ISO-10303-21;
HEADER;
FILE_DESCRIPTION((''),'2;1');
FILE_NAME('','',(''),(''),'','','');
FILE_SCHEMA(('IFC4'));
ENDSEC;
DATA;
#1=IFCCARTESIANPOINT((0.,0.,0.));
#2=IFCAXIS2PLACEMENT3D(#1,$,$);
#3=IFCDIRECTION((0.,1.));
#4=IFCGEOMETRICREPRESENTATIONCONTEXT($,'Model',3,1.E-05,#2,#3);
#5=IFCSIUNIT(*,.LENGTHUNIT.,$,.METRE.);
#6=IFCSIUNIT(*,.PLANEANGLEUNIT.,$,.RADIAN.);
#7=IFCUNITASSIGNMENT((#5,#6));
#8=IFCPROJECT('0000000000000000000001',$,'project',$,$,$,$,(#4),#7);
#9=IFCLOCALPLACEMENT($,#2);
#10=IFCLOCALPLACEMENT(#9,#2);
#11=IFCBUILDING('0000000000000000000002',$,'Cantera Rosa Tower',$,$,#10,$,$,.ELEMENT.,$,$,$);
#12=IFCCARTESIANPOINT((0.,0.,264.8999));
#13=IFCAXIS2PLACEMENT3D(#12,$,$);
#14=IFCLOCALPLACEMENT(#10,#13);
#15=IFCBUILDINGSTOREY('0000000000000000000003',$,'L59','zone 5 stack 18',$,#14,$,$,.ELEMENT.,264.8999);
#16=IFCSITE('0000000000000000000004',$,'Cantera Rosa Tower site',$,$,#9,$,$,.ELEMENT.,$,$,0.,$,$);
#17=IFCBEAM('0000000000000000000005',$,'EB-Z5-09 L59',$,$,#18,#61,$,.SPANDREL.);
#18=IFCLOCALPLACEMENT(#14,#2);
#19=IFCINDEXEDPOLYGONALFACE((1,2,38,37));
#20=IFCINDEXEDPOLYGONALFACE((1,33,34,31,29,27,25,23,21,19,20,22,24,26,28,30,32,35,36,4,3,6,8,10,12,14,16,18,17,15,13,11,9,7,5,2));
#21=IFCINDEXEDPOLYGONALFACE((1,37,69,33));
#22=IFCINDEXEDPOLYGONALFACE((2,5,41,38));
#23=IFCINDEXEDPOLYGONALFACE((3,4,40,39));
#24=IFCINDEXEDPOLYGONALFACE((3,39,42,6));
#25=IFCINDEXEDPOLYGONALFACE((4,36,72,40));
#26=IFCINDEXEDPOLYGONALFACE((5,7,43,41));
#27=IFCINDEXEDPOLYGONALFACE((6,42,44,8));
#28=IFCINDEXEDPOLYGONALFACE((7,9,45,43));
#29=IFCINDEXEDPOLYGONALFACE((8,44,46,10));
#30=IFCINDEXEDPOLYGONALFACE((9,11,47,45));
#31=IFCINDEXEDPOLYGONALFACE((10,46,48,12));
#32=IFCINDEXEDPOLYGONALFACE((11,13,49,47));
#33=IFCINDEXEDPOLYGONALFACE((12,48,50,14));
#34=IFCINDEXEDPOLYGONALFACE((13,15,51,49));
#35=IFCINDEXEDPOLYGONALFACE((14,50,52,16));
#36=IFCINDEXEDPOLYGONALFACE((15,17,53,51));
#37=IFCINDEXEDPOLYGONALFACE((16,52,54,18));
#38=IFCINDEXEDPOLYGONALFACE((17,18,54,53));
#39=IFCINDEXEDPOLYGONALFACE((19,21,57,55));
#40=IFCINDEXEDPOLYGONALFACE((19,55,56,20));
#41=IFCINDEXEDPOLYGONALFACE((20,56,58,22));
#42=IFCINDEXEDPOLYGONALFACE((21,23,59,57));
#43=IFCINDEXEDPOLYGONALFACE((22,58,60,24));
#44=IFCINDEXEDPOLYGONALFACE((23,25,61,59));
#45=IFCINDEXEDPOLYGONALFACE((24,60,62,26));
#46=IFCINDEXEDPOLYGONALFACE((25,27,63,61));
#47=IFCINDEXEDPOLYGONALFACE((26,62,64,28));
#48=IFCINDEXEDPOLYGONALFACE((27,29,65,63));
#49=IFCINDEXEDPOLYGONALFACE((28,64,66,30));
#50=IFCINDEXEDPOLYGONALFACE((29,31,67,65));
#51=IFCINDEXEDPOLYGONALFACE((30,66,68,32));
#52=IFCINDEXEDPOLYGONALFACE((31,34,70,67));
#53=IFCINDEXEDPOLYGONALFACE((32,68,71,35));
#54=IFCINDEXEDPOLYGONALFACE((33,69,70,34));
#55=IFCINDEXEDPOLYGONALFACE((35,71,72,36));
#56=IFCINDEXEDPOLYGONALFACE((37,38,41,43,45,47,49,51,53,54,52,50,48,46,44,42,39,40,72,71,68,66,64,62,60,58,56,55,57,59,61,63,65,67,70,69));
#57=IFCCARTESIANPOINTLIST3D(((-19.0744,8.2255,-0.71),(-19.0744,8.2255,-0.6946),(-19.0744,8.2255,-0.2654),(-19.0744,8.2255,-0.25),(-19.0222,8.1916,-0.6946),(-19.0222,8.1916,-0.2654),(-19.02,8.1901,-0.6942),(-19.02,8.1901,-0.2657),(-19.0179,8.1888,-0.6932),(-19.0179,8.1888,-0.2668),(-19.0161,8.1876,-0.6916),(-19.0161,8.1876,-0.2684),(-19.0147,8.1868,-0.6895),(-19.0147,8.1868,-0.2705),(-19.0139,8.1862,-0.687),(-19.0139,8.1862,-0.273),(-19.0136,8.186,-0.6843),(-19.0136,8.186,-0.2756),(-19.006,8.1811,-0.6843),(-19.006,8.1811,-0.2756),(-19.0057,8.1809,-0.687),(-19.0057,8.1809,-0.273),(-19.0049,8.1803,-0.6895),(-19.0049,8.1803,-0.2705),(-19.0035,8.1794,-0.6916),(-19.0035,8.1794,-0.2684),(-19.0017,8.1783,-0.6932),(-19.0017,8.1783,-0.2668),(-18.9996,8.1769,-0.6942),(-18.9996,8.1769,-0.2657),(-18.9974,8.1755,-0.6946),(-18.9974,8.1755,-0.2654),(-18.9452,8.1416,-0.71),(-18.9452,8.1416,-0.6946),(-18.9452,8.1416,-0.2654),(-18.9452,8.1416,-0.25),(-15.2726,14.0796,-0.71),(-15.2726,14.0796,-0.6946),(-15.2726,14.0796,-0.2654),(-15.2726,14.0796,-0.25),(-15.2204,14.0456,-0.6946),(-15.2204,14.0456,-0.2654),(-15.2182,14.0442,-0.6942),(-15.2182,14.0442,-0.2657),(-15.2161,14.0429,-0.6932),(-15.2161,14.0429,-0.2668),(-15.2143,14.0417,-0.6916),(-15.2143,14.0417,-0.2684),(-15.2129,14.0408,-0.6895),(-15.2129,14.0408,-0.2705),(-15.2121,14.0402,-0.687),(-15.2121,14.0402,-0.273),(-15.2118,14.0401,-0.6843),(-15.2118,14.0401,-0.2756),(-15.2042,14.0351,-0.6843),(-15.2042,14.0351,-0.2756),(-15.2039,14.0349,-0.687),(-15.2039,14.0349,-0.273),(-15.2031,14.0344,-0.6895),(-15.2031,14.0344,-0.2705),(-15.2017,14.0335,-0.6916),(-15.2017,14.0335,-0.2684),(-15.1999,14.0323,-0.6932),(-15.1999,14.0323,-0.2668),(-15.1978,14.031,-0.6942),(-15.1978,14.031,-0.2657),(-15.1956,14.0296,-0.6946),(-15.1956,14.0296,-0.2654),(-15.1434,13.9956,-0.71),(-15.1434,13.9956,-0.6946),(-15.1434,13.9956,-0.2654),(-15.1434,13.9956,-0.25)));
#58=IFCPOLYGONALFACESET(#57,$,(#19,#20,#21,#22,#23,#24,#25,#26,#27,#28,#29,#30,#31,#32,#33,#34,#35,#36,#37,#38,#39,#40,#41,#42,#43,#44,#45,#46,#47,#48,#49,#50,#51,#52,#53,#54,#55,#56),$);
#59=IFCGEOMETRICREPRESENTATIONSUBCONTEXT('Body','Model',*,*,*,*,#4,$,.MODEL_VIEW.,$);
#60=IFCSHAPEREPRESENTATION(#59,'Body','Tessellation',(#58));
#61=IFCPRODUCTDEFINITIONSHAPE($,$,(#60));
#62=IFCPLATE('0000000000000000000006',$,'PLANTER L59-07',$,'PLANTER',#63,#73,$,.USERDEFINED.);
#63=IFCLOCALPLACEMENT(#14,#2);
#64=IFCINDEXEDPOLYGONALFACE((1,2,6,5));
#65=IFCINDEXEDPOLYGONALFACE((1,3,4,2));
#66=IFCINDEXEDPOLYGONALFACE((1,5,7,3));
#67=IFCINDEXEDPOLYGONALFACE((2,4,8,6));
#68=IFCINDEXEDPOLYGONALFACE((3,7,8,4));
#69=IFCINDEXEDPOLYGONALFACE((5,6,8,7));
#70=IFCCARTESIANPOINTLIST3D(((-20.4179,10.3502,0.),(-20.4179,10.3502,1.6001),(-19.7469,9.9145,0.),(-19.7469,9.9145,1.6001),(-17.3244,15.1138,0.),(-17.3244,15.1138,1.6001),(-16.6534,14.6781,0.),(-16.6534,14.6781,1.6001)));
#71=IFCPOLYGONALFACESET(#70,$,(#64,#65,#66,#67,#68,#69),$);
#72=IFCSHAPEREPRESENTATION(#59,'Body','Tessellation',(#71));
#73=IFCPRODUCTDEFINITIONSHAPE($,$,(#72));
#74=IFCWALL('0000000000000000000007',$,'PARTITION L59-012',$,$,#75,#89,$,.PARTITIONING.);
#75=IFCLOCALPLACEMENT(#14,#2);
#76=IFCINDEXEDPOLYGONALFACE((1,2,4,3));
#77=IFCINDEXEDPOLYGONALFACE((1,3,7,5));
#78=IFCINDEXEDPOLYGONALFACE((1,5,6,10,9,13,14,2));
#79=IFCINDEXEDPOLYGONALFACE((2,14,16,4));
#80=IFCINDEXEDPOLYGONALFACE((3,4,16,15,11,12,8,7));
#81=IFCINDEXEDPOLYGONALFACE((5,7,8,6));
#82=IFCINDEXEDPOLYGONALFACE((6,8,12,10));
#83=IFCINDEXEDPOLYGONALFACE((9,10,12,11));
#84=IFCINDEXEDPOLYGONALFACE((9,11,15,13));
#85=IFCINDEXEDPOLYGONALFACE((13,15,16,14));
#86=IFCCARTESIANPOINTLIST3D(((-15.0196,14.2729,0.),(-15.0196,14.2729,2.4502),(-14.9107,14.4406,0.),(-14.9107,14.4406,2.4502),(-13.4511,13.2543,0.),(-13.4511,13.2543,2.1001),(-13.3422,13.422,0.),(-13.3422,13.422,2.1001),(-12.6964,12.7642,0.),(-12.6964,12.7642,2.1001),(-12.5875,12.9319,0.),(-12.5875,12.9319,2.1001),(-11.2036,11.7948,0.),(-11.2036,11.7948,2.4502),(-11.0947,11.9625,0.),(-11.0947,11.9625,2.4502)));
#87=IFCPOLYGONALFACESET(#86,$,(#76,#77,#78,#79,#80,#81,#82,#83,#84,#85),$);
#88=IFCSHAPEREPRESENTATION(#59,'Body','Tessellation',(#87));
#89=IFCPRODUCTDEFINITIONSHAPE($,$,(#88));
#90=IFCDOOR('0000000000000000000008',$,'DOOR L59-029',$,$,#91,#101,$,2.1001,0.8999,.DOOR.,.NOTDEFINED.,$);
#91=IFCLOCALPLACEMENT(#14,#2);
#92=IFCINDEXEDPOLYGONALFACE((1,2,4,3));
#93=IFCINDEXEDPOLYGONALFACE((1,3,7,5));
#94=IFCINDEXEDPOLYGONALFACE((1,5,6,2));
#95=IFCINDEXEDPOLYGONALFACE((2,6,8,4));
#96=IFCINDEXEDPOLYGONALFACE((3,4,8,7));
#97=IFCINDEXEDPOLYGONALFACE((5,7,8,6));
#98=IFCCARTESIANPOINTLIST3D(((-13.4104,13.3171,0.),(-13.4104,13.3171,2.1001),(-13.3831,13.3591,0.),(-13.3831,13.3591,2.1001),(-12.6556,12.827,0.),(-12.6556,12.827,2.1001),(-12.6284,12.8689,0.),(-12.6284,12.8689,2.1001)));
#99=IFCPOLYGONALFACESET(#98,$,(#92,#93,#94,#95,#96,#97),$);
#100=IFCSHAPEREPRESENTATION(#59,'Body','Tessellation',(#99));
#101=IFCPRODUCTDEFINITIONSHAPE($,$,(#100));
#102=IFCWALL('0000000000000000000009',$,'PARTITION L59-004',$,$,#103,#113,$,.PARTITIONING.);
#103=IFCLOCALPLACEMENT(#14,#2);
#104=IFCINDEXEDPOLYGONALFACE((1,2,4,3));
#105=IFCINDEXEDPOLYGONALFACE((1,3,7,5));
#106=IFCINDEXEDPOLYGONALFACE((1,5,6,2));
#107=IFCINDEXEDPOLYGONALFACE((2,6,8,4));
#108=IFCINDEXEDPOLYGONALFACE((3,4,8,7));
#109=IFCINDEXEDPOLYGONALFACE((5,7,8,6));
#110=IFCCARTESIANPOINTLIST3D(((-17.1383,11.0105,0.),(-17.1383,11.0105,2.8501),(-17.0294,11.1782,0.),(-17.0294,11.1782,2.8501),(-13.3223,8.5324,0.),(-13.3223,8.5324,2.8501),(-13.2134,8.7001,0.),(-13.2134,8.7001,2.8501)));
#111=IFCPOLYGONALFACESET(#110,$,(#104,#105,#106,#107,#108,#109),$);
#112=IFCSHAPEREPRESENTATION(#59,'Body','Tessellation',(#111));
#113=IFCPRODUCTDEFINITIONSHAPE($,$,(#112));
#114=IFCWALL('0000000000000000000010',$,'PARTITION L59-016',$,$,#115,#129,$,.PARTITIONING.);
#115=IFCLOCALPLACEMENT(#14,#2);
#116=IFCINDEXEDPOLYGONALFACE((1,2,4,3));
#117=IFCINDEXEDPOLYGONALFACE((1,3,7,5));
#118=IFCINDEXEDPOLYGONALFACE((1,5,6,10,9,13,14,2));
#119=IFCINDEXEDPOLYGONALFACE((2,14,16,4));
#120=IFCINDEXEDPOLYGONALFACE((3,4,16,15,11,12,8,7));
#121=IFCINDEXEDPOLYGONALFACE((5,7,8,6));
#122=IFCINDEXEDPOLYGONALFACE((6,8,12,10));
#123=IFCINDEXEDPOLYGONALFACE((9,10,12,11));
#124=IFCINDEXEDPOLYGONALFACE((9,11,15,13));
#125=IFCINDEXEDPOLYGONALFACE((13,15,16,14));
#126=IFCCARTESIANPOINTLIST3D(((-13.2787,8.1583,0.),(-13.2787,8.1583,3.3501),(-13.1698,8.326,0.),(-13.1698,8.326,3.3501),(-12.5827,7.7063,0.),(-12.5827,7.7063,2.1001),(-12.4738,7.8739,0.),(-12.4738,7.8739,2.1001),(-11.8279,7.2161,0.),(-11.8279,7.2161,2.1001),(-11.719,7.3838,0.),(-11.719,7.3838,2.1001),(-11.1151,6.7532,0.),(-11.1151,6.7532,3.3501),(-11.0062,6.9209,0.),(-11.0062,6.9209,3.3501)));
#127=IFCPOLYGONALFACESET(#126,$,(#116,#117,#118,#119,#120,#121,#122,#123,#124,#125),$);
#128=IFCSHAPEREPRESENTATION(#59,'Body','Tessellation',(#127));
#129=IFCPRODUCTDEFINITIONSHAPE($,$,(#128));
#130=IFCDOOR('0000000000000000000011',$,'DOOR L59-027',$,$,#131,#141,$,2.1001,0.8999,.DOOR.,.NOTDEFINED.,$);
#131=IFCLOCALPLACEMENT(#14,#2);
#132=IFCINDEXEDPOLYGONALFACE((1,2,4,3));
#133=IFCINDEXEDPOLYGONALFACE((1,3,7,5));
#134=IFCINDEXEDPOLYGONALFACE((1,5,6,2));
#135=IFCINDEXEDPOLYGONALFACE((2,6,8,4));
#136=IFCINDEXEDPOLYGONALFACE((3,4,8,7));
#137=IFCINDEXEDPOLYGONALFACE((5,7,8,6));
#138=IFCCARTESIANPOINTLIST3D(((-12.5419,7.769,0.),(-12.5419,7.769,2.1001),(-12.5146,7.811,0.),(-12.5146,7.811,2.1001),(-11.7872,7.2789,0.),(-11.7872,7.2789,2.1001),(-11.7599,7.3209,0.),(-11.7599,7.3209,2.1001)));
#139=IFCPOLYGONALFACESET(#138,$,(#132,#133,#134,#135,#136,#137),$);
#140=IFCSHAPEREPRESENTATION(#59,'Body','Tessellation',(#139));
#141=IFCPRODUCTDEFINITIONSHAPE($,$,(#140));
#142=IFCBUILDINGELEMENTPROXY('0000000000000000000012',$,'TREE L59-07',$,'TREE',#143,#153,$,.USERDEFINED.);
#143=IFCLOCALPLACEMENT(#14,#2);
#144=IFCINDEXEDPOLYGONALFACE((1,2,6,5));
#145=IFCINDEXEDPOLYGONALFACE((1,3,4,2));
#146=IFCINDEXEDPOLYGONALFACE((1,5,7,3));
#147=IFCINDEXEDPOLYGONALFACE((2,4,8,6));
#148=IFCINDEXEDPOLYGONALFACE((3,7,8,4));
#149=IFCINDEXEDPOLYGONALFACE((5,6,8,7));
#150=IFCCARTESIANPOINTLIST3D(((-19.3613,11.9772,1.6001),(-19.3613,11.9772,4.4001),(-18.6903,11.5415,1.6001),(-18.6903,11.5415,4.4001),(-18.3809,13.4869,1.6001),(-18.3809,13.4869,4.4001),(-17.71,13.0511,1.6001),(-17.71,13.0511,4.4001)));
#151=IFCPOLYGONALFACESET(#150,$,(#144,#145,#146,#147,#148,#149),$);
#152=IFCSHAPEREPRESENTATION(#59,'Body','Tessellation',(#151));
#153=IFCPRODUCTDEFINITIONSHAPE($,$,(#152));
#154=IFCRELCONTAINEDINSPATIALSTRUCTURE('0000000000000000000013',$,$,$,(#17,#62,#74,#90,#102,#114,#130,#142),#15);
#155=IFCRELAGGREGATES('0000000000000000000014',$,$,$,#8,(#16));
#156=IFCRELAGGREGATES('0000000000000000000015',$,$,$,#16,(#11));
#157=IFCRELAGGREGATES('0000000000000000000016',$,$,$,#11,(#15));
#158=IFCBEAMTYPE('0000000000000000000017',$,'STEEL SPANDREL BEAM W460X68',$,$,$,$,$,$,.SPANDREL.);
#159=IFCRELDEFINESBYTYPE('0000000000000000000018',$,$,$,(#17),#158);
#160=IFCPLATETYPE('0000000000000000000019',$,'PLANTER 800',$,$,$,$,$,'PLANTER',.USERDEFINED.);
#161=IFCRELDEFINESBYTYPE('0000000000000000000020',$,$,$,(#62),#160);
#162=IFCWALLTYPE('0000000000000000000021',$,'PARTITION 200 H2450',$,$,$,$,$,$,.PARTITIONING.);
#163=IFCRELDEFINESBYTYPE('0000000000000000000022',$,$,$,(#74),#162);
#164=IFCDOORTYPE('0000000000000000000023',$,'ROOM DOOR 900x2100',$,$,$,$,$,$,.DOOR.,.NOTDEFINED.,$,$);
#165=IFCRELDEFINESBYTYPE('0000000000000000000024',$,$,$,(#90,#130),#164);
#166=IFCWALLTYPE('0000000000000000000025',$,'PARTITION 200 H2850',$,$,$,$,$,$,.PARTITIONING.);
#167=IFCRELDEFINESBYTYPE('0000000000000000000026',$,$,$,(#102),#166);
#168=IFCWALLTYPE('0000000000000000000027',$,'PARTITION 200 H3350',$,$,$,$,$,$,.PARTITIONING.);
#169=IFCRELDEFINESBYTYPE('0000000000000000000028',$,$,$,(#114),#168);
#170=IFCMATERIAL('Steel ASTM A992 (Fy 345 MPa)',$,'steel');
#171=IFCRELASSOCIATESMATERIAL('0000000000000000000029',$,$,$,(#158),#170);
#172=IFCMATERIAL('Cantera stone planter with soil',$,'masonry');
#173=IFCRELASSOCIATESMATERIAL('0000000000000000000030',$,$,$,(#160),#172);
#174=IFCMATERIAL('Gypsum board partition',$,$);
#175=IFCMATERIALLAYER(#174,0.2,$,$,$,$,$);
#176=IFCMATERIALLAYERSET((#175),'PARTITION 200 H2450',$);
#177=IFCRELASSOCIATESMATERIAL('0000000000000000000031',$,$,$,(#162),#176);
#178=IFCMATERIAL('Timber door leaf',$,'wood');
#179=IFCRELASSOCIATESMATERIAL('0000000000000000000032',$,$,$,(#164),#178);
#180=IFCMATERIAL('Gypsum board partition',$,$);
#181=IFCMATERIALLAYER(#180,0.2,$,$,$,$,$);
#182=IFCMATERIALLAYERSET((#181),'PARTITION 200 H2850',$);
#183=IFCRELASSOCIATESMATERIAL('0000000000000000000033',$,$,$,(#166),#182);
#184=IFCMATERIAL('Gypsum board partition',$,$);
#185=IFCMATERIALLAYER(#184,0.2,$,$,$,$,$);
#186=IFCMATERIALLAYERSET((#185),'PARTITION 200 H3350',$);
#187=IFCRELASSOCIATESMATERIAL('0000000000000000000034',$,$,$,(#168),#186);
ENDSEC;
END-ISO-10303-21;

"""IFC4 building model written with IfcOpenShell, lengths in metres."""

from ifc_helpers import new_model, si_unit, direction, frame, frame_2d, origin, origin_2d, place, context, subcontext, project, spatial, rectangle, i_section, extrude, material, layer, layer_set, material_profile, profile_set, type_object, element, fill, save


model = new_model("IFC4")

# Units and contexts
model_context = context("Model", 3, precision=1e-05, world=origin(), true_north=direction((0.0, 1.0)))
body_context = subcontext(model_context, "Body", "Model", "MODEL_VIEW")
ifc_project = project(units=[si_unit("LENGTHUNIT", "METRE"), si_unit("PLANEANGLEUNIT", "RADIAN")], contexts=[model_context])

# Site, building, storey
site_placement = place(None, origin())
site = spatial("IfcSite", under=ifc_project, at=site_placement, Name="Cantera Rosa Tower site", CompositionType="ELEMENT", RefElevation=0.0)
building_placement = place(site_placement, origin())
building = spatial("IfcBuilding", under=site, at=building_placement, Name="Cantera Rosa Tower", CompositionType="ELEMENT")
storey_placement = place(building_placement, frame((0.0, 0.0, 264.8999)))
storey = spatial("IfcBuildingStorey", under=building, at=storey_placement, Name="L59", Description="zone 5 stack 18", CompositionType="ELEMENT", Elevation=264.8999)

# Beam
ifc_material_1 = material(Name="Steel ASTM A992 (Fy 345 MPa)", Category="steel")
ifc_material_profile_1 = material_profile(ifc_material_1, i_section(OverallWidth=0.1541, OverallDepth=0.46, WebThickness=0.009, FlangeThickness=0.0154, FilletRadius=0.0103, at=origin_2d()), Name="W460X68")
ifc_profile_set_1 = profile_set([ifc_material_profile_1], Name="Steel ASTM A992 (Fy 345 MPa)")
beam_type_1 = type_object("IfcBeamType", Name="STEEL SPANDREL BEAM W460X68", PredefinedType="SPANDREL", material=ifc_profile_set_1)
beam_1_placement = place(storey_placement, frame((-15.208, 14.0376, -0.48), z_axis=(-0.544651, -0.838663, 0.0), x_axis=(0.838663, -0.544651, 0.0)))
element("IfcBeam", 1, at=beam_1_placement, inside=storey, type_object=beam_type_1, Name="EB-Z5-09 L59", PredefinedType="SPANDREL", context=body_context, shape_type="SweptSolid", body=[
    extrude(i_section(OverallWidth=0.1541, OverallDepth=0.46, WebThickness=0.009, FlangeThickness=0.0154, FilletRadius=0.0103, at=origin_2d()), origin(), (0.0, 0.0, 1.0), 6.9802),
])

# Plate
ifc_material_2 = material(Name="Cantera stone planter with soil", Category="masonry")
plate_type = type_object("IfcPlateType", Name="PLANTER 800", ElementType="PLANTER", PredefinedType="USERDEFINED", material=ifc_material_2)
plate_placement = place(storey_placement, frame((-18.5356, 12.5142, 0.0), z_axis=(0.0, 0.0, 1.0), x_axis=(-0.544639, -0.838671, 0.0)))
element("IfcPlate", 2, at=plate_placement, inside=storey, type_object=plate_type, Name="PLANTER L59-07", ObjectType="PLANTER", PredefinedType="USERDEFINED", context=body_context, shape_type="SweptSolid", body=[
    extrude(rectangle(XDim=5.6799, YDim=0.8, at=origin_2d()), origin(), (0.0, 0.0, 1.0), 1.6001),
])

# Wall, opening, door
ifc_material_3 = material(Name="Gypsum board partition")
ifc_layer_1 = layer(ifc_material_3, 0.2)
ifc_layer_set_1 = layer_set([ifc_layer_1], Name="PARTITION 200 H2450")
wall_type_1 = type_object("IfcWallType", Name="PARTITION 200 H2450", PredefinedType="PARTITIONING", material=ifc_layer_set_1)
wall_1_placement = place(storey_placement, frame((-14.9651, 14.3567, 0.0), z_axis=(0.0, 0.0, 1.0), x_axis=(0.838676, -0.54463, 0.0)))
wall_1 = element("IfcWall", 3, at=wall_1_placement, inside=storey, type_object=wall_type_1, Name="PARTITION L59-012", PredefinedType="PARTITIONING", context=body_context, shape_type="SweptSolid", body=[
    extrude(rectangle(XDim=4.55, YDim=0.2, at=frame_2d((2.2749, 0.0))), origin(), (0.0, 0.0, 1.0), 2.4502),
])
opening_1_placement = place(wall_1_placement, frame((1.8701, 0.0, 0.0)))
opening_1 = element("IfcOpeningElement", 4, at=opening_1_placement, cuts=wall_1, PredefinedType="OPENING", context=body_context, shape_type="SweptSolid", body=[
    extrude(rectangle(XDim=0.8999, YDim=2.1001, at=frame_2d((0.45, 1.05))), frame((0.0, 0.1099, 0.0), z_axis=(0.0, -1.0, 0.0), x_axis=(1.0, 0.0, 0.0)), (0.0, 0.0, 1.0), 0.22),
])
ifc_material_4 = material(Name="Timber door leaf", Category="wood")
door_type_1 = type_object("IfcDoorType", Name="ROOM DOOR 900x2100", OperationType="NOTDEFINED", PredefinedType="DOOR", material=ifc_material_4)
door_1_placement = place(opening_1_placement, origin())
door_1 = element("IfcDoor", 5, at=door_1_placement, inside=storey, type_object=door_type_1, Name="DOOR L59-029", OperationType="NOTDEFINED", OverallHeight=2.1001, OverallWidth=0.8999, PredefinedType="DOOR", context=body_context, shape_type="SweptSolid", body=[
    extrude(rectangle(XDim=0.8999, YDim=2.1001, at=frame_2d((0.45, 1.05))), frame((0.0, 0.0249, 0.0), z_axis=(0.0, -1.0, 0.0), x_axis=(1.0, 0.0, 0.0)), (0.0, 0.0, 1.0), 0.05),
])
fill(opening_1, door_1)

# Wall
ifc_material_5 = material(Name="Gypsum board partition")
ifc_layer_2 = layer(ifc_material_5, 0.2)
ifc_layer_set_2 = layer_set([ifc_layer_2], Name="PARTITION 200 H2850")
wall_type_2 = type_object("IfcWallType", Name="PARTITION 200 H2850", PredefinedType="PARTITIONING", material=ifc_layer_set_2)
wall_2_placement = place(storey_placement, frame((-17.0837, 11.0942, 0.0), z_axis=(0.0, 0.0, 1.0), x_axis=(0.838676, -0.54463, 0.0)))
element("IfcWall", 6, at=wall_2_placement, inside=storey, type_object=wall_type_2, Name="PARTITION L59-004", PredefinedType="PARTITIONING", context=body_context, shape_type="SweptSolid", body=[
    extrude(rectangle(XDim=4.55, YDim=0.2, at=frame_2d((2.2749, 0.0))), origin(), (0.0, 0.0, 1.0), 2.8501),
])

# Wall, opening, door
ifc_material_6 = material(Name="Gypsum board partition")
ifc_layer_3 = layer(ifc_material_6, 0.2)
ifc_layer_set_3 = layer_set([ifc_layer_3], Name="PARTITION 200 H3350")
wall_type_3 = type_object("IfcWallType", Name="PARTITION 200 H3350", PredefinedType="PARTITIONING", material=ifc_layer_set_3)
wall_3_placement = place(storey_placement, frame((-13.2244, 8.2422, 0.0), z_axis=(0.0, 0.0, 1.0), x_axis=(0.838673, -0.544636, 0.0)))
wall_3 = element("IfcWall", 7, at=wall_3_placement, inside=storey, type_object=wall_type_3, Name="PARTITION L59-016", PredefinedType="PARTITIONING", context=body_context, shape_type="SweptSolid", body=[
    extrude(rectangle(XDim=2.5798, YDim=0.2, at=frame_2d((1.29, 0.0))), origin(), (0.0, 0.0, 1.0), 3.3501),
])
opening_2_placement = place(wall_3_placement, frame((0.8301, 0.0, 0.0)))
opening_2 = element("IfcOpeningElement", 8, at=opening_2_placement, cuts=wall_3, PredefinedType="OPENING", context=body_context, shape_type="SweptSolid", body=[
    extrude(rectangle(XDim=0.8999, YDim=2.1001, at=frame_2d((0.45, 1.05))), frame((0.0, 0.1099, 0.0), z_axis=(0.0, -1.0, 0.0), x_axis=(1.0, 0.0, 0.0)), (0.0, 0.0, 1.0), 0.22),
])
door_2_placement = place(opening_2_placement, origin())
door_2 = element("IfcDoor", 9, at=door_2_placement, inside=storey, type_object=door_type_1, Name="DOOR L59-027", OperationType="NOTDEFINED", OverallHeight=2.1001, OverallWidth=0.8999, PredefinedType="DOOR", context=body_context, shape_type="SweptSolid", body=[
    extrude(rectangle(XDim=0.8999, YDim=2.1001, at=frame_2d((0.45, 1.05))), frame((0.0, 0.0249, 0.0), z_axis=(0.0, -1.0, 0.0), x_axis=(1.0, 0.0, 0.0)), (0.0, 0.0, 1.0), 0.05),
])
fill(opening_2, door_2)

# Building element proxy
proxy_placement = place(storey_placement, frame((-18.5356, 12.5142, 1.6001), z_axis=(0.0, 0.0, 1.0), x_axis=(-0.544639, -0.838671, 0.0)))
element("IfcBuildingElementProxy", 10, at=proxy_placement, inside=storey, Name="TREE L59-07", ObjectType="TREE", PredefinedType="USERDEFINED", context=body_context, shape_type="SweptSolid", body=[
    extrude(rectangle(XDim=1.8, YDim=0.8, at=origin_2d()), origin(), (0.0, 0.0, 1.0), 2.8),
])

save(model, "model.ifc")
